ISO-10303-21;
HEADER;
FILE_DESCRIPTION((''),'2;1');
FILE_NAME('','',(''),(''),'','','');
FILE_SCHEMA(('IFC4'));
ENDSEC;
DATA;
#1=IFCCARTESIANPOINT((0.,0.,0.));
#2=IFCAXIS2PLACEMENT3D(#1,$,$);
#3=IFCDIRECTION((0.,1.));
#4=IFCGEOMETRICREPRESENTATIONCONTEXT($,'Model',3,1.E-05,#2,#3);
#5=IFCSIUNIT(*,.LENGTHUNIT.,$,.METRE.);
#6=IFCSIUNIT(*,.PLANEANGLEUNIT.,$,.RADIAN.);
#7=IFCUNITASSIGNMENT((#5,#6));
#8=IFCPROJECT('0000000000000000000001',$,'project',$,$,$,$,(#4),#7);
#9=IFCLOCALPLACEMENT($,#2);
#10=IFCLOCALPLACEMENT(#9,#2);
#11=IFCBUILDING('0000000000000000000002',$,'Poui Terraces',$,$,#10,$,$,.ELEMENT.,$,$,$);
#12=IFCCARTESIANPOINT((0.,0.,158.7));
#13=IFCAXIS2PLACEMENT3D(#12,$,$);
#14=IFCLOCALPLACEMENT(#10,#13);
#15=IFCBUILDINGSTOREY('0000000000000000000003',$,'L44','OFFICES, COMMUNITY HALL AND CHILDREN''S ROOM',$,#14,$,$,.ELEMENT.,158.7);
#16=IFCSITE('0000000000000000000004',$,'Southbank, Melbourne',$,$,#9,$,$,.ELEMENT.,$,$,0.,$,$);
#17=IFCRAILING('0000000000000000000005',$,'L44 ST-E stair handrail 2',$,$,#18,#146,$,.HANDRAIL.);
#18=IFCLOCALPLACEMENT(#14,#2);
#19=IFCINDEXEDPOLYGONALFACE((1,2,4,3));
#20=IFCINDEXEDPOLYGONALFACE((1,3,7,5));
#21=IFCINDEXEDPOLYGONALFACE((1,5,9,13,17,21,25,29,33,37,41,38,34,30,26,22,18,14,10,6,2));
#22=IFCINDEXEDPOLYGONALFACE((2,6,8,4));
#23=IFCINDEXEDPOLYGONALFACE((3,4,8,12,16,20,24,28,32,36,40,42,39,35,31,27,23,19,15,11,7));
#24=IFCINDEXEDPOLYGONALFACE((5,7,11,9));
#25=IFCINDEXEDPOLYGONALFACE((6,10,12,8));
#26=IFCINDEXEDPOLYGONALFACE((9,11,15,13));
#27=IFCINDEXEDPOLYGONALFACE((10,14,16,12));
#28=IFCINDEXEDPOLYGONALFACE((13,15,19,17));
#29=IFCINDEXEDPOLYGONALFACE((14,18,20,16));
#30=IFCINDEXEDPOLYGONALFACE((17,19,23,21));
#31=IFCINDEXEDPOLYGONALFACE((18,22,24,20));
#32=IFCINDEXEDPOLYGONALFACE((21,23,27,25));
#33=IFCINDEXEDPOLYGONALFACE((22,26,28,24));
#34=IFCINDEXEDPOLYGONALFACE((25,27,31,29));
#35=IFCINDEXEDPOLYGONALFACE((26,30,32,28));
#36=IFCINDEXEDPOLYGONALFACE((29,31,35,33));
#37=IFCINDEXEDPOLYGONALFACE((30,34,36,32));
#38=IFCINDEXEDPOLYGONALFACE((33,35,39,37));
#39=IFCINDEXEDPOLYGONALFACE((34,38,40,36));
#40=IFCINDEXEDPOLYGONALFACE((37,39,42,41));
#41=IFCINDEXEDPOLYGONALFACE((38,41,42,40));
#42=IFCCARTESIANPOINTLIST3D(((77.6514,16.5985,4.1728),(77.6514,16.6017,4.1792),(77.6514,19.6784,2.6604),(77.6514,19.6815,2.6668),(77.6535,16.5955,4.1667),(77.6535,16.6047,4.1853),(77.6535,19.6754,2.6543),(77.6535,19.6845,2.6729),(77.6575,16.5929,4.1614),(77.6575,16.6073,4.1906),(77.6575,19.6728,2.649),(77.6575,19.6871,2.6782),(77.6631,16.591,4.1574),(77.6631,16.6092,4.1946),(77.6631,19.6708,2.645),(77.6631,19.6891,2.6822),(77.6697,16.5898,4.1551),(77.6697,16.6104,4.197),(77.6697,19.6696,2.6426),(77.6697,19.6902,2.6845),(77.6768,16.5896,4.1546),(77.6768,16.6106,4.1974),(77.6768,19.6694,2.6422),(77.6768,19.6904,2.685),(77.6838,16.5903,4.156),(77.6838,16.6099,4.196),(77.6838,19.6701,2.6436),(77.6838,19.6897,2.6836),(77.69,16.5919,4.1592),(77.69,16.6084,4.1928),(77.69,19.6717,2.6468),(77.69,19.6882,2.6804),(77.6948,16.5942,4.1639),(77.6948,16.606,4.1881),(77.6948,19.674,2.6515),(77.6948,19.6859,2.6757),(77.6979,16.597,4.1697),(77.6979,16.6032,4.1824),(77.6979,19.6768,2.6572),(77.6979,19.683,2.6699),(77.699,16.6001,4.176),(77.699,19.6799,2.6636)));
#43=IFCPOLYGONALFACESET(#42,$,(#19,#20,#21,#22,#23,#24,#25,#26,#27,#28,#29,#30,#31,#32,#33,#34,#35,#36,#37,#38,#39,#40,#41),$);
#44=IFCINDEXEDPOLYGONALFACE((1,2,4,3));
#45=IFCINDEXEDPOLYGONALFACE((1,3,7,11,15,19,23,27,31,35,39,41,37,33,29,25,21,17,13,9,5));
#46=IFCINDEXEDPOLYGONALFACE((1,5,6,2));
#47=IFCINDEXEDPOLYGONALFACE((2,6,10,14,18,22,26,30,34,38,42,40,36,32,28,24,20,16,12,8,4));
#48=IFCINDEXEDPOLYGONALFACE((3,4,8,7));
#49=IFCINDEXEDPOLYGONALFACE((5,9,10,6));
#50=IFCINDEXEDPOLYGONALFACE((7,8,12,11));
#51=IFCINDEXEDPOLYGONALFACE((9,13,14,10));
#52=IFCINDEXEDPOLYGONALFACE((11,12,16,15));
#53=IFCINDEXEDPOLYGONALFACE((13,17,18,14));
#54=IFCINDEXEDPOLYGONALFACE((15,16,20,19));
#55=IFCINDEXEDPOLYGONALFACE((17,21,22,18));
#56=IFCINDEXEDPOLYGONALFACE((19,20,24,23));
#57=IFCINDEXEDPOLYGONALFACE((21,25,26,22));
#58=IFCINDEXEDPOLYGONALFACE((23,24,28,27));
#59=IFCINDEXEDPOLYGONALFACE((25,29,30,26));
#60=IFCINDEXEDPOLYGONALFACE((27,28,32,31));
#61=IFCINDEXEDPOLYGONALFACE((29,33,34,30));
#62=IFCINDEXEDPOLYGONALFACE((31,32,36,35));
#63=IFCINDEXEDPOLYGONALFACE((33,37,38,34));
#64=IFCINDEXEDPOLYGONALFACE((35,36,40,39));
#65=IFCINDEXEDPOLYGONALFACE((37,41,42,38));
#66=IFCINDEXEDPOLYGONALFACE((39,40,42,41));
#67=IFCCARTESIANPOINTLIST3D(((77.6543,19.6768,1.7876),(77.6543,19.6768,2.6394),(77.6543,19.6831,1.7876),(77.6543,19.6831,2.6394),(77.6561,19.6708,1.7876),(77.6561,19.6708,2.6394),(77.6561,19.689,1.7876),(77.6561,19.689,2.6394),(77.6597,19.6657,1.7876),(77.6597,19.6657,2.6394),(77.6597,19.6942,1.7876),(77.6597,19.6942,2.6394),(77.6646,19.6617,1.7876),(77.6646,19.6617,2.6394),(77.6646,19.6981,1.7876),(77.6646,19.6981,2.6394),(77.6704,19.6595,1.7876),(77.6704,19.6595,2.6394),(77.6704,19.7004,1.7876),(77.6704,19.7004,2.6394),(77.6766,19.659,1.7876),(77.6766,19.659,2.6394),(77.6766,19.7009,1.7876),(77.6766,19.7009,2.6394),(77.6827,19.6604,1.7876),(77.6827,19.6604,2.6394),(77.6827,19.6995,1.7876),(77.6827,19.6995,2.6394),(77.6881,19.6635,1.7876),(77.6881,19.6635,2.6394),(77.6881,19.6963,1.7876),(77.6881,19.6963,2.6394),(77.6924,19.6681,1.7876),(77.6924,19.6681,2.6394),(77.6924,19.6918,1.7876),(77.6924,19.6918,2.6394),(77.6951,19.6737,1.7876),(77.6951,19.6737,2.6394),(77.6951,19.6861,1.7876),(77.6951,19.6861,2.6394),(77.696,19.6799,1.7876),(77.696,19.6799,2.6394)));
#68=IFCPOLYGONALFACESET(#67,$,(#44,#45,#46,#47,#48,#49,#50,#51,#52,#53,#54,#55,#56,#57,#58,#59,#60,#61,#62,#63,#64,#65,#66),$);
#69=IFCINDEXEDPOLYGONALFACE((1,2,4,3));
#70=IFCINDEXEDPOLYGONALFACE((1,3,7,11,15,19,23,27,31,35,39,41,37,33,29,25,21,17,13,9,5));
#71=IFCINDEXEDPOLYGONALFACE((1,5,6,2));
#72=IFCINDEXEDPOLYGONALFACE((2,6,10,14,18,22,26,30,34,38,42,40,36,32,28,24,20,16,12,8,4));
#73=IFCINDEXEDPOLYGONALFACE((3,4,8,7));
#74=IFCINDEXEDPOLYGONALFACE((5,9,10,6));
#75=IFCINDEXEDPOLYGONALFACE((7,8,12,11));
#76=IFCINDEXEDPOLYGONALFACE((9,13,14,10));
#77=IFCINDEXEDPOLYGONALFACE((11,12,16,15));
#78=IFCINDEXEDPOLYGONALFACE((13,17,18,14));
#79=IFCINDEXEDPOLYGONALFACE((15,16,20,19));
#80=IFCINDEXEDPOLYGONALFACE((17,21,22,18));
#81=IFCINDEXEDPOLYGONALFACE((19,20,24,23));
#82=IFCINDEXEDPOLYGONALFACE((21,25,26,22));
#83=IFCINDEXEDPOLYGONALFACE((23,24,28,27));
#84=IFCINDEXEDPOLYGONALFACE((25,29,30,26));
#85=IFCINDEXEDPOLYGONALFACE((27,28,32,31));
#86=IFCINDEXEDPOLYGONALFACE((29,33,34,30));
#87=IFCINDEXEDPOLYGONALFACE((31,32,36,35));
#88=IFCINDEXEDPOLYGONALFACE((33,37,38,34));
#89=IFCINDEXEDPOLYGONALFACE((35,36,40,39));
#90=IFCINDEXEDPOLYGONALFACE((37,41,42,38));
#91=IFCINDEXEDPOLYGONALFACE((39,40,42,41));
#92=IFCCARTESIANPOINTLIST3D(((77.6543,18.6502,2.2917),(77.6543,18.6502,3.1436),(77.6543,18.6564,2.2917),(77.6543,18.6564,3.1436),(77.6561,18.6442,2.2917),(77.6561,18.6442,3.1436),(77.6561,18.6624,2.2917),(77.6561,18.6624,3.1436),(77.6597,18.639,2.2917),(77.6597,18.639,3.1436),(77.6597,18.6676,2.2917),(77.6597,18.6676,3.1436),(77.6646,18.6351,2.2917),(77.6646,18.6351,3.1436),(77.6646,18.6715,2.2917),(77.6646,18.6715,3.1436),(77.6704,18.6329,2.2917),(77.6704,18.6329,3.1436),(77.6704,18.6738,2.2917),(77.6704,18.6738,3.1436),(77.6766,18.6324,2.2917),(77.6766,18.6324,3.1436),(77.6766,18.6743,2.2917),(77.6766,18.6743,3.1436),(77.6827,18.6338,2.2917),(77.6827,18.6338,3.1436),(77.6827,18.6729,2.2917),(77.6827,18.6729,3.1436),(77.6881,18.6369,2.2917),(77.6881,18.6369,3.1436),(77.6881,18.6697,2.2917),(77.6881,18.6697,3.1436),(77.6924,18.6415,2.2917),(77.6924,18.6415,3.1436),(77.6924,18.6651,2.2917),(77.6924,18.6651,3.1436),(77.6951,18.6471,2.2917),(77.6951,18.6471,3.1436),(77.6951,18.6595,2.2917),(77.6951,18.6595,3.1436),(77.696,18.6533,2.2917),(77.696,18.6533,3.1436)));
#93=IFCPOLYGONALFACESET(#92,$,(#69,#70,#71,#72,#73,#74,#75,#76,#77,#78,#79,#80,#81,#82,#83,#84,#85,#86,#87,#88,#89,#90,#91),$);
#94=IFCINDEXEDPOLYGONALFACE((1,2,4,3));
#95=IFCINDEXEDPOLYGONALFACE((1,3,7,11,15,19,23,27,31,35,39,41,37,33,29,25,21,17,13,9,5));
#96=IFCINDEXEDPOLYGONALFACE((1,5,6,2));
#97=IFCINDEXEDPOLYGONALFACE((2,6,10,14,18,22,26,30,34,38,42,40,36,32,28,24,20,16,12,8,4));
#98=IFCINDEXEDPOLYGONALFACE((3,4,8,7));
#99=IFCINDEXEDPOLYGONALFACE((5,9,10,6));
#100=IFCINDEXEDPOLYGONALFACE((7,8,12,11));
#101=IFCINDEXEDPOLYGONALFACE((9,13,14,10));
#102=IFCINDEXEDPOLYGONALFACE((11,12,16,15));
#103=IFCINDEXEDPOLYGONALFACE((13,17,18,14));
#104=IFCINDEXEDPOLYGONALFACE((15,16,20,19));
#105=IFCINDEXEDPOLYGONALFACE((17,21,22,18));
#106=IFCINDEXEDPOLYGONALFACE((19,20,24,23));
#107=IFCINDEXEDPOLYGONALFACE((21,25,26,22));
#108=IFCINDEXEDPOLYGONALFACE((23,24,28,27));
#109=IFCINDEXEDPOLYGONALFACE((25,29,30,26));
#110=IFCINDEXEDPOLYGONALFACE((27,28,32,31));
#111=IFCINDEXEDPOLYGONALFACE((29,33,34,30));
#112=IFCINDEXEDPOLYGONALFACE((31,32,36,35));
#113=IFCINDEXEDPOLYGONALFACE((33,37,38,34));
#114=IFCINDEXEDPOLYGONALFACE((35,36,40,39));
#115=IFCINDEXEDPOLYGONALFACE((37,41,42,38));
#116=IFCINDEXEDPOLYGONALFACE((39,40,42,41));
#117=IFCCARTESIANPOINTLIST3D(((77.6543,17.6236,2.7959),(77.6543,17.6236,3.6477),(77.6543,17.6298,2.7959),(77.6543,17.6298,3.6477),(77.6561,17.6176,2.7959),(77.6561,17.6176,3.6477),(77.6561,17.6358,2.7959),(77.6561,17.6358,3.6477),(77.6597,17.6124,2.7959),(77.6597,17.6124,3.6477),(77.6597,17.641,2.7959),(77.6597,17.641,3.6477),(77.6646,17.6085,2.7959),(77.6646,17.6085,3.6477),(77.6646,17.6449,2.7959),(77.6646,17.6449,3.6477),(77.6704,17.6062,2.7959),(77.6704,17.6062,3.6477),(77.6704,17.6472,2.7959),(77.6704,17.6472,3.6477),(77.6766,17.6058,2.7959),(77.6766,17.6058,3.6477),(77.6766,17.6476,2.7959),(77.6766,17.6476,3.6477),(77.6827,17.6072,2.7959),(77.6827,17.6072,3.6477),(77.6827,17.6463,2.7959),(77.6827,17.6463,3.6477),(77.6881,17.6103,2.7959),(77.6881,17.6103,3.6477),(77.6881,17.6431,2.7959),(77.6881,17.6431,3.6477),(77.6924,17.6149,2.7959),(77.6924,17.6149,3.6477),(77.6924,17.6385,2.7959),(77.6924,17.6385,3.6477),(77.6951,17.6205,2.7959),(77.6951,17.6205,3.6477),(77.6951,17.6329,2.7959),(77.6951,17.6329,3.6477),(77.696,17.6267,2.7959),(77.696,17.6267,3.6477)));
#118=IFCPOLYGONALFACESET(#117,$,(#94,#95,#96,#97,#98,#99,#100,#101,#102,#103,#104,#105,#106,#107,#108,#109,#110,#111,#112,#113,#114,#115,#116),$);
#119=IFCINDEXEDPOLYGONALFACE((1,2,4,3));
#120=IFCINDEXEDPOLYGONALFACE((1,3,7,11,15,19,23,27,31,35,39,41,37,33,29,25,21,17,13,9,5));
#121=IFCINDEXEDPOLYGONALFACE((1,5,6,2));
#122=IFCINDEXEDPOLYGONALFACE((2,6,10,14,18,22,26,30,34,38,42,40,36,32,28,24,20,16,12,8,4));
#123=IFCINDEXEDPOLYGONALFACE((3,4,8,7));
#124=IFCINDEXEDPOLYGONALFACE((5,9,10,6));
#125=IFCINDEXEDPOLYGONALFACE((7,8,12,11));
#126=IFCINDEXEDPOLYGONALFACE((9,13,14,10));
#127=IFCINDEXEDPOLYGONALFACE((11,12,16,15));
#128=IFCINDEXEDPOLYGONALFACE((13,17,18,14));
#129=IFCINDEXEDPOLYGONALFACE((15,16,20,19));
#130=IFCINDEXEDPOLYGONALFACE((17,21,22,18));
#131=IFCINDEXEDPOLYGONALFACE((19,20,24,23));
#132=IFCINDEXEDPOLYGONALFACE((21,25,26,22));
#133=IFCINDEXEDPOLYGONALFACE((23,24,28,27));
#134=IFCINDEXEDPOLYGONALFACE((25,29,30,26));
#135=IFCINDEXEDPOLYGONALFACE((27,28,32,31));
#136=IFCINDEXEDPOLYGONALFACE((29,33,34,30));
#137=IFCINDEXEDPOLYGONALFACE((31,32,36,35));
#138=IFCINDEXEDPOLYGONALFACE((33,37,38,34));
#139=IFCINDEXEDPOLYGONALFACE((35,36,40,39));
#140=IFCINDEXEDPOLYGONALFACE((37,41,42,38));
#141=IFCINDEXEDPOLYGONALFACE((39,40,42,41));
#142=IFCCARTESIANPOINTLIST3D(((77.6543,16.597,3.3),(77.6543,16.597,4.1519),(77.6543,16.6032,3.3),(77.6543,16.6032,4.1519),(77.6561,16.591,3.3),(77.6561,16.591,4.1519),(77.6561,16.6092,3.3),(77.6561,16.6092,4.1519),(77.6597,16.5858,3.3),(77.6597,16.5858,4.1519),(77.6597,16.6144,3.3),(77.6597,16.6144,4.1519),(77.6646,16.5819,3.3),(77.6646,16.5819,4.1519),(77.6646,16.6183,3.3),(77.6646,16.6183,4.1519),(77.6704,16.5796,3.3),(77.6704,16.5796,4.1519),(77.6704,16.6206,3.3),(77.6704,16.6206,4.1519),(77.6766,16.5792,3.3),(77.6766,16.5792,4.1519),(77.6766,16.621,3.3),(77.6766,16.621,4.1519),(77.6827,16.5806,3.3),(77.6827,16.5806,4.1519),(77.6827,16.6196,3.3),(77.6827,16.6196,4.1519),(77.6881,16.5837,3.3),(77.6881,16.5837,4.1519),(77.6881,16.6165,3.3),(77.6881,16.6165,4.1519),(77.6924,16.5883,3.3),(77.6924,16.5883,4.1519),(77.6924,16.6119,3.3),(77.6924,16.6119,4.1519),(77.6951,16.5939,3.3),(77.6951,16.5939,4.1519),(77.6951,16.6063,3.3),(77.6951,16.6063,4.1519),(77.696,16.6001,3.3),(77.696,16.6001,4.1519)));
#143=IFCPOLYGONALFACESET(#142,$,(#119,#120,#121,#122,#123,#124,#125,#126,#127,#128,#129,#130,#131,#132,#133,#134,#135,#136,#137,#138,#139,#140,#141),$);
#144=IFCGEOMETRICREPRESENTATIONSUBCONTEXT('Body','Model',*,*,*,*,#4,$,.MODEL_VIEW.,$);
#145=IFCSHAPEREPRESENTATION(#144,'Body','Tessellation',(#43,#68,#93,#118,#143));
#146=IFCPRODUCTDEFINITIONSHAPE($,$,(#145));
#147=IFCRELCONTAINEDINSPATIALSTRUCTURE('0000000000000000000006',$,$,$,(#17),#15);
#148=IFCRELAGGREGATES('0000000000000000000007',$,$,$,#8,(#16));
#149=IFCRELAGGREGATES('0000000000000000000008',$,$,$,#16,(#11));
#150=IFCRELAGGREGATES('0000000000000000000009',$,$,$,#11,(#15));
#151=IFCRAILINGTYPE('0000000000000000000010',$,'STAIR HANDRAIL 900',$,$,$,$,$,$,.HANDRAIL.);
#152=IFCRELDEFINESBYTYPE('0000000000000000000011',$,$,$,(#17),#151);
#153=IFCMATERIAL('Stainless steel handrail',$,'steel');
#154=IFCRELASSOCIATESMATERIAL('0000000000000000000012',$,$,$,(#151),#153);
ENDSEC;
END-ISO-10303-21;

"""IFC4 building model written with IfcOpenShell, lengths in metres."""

from ifc_helpers import new_model, si_unit, direction, frame, origin, origin_2d, place, context, subcontext, project, spatial, circle, extrude, material, type_object, element, save


model = new_model("IFC4")

# Units and contexts
model_context = context("Model", 3, precision=1e-05, world=origin(), true_north=direction((0.0, 1.0)))
body_context = subcontext(model_context, "Body", "Model", "MODEL_VIEW")
ifc_project = project(units=[si_unit("LENGTHUNIT", "METRE"), si_unit("PLANEANGLEUNIT", "RADIAN")], contexts=[model_context])

# Site, building, storey
site_placement = place(None, origin())
site = spatial("IfcSite", under=ifc_project, at=site_placement, Name="Southbank, Melbourne", CompositionType="ELEMENT", RefElevation=0.0)
building_placement = place(site_placement, origin())
building = spatial("IfcBuilding", under=site, at=building_placement, Name="Poui Terraces", CompositionType="ELEMENT")
storey_placement = place(building_placement, frame((0.0, 0.0, 158.7)))
storey = spatial("IfcBuildingStorey", under=building, at=storey_placement, Name="L44", Description="OFFICES, COMMUNITY HALL AND CHILDREN'S ROOM", CompositionType="ELEMENT", Elevation=158.7)

# Railing
ifc_material_1 = material(Name="Stainless steel handrail", Category="steel")
railing_type_1 = type_object("IfcRailingType", Name="STAIR HANDRAIL 900", PredefinedType="HANDRAIL", material=ifc_material_1)
railing_1_placement = place(storey_placement, frame((77.675, 19.6799, 1.7876)))
element("IfcRailing", 1, at=railing_1_placement, inside=storey, type_object=railing_type_1, Name="L44 ST-E stair handrail 2", PredefinedType="HANDRAIL", context=body_context, shape_type="SweptSolid", body=[
    extrude(circle(Radius=0.0239, at=origin_2d()), frame((0.0, 0.0, 0.876), z_axis=(0.0, -0.897606, 0.440798), x_axis=(1.0, 0.0, 0.0)), (0.0, 0.0, 1.0), 3.4312),
    extrude(circle(Radius=0.021, at=origin_2d()), origin(), (0.0, 0.0, 1.0), 0.8518),
    extrude(circle(Radius=0.021, at=origin_2d()), frame((0.0, -1.0266, 0.5042)), (0.0, 0.0, 1.0), 0.8518),
    extrude(circle(Radius=0.021, at=origin_2d()), frame((0.0, -2.0532, 1.0083)), (0.0, 0.0, 1.0), 0.8518),
    extrude(circle(Radius=0.021, at=origin_2d()), frame((0.0, -3.0798, 1.5125)), (0.0, 0.0, 1.0), 0.8518),
])

save(model, "model.ifc")
